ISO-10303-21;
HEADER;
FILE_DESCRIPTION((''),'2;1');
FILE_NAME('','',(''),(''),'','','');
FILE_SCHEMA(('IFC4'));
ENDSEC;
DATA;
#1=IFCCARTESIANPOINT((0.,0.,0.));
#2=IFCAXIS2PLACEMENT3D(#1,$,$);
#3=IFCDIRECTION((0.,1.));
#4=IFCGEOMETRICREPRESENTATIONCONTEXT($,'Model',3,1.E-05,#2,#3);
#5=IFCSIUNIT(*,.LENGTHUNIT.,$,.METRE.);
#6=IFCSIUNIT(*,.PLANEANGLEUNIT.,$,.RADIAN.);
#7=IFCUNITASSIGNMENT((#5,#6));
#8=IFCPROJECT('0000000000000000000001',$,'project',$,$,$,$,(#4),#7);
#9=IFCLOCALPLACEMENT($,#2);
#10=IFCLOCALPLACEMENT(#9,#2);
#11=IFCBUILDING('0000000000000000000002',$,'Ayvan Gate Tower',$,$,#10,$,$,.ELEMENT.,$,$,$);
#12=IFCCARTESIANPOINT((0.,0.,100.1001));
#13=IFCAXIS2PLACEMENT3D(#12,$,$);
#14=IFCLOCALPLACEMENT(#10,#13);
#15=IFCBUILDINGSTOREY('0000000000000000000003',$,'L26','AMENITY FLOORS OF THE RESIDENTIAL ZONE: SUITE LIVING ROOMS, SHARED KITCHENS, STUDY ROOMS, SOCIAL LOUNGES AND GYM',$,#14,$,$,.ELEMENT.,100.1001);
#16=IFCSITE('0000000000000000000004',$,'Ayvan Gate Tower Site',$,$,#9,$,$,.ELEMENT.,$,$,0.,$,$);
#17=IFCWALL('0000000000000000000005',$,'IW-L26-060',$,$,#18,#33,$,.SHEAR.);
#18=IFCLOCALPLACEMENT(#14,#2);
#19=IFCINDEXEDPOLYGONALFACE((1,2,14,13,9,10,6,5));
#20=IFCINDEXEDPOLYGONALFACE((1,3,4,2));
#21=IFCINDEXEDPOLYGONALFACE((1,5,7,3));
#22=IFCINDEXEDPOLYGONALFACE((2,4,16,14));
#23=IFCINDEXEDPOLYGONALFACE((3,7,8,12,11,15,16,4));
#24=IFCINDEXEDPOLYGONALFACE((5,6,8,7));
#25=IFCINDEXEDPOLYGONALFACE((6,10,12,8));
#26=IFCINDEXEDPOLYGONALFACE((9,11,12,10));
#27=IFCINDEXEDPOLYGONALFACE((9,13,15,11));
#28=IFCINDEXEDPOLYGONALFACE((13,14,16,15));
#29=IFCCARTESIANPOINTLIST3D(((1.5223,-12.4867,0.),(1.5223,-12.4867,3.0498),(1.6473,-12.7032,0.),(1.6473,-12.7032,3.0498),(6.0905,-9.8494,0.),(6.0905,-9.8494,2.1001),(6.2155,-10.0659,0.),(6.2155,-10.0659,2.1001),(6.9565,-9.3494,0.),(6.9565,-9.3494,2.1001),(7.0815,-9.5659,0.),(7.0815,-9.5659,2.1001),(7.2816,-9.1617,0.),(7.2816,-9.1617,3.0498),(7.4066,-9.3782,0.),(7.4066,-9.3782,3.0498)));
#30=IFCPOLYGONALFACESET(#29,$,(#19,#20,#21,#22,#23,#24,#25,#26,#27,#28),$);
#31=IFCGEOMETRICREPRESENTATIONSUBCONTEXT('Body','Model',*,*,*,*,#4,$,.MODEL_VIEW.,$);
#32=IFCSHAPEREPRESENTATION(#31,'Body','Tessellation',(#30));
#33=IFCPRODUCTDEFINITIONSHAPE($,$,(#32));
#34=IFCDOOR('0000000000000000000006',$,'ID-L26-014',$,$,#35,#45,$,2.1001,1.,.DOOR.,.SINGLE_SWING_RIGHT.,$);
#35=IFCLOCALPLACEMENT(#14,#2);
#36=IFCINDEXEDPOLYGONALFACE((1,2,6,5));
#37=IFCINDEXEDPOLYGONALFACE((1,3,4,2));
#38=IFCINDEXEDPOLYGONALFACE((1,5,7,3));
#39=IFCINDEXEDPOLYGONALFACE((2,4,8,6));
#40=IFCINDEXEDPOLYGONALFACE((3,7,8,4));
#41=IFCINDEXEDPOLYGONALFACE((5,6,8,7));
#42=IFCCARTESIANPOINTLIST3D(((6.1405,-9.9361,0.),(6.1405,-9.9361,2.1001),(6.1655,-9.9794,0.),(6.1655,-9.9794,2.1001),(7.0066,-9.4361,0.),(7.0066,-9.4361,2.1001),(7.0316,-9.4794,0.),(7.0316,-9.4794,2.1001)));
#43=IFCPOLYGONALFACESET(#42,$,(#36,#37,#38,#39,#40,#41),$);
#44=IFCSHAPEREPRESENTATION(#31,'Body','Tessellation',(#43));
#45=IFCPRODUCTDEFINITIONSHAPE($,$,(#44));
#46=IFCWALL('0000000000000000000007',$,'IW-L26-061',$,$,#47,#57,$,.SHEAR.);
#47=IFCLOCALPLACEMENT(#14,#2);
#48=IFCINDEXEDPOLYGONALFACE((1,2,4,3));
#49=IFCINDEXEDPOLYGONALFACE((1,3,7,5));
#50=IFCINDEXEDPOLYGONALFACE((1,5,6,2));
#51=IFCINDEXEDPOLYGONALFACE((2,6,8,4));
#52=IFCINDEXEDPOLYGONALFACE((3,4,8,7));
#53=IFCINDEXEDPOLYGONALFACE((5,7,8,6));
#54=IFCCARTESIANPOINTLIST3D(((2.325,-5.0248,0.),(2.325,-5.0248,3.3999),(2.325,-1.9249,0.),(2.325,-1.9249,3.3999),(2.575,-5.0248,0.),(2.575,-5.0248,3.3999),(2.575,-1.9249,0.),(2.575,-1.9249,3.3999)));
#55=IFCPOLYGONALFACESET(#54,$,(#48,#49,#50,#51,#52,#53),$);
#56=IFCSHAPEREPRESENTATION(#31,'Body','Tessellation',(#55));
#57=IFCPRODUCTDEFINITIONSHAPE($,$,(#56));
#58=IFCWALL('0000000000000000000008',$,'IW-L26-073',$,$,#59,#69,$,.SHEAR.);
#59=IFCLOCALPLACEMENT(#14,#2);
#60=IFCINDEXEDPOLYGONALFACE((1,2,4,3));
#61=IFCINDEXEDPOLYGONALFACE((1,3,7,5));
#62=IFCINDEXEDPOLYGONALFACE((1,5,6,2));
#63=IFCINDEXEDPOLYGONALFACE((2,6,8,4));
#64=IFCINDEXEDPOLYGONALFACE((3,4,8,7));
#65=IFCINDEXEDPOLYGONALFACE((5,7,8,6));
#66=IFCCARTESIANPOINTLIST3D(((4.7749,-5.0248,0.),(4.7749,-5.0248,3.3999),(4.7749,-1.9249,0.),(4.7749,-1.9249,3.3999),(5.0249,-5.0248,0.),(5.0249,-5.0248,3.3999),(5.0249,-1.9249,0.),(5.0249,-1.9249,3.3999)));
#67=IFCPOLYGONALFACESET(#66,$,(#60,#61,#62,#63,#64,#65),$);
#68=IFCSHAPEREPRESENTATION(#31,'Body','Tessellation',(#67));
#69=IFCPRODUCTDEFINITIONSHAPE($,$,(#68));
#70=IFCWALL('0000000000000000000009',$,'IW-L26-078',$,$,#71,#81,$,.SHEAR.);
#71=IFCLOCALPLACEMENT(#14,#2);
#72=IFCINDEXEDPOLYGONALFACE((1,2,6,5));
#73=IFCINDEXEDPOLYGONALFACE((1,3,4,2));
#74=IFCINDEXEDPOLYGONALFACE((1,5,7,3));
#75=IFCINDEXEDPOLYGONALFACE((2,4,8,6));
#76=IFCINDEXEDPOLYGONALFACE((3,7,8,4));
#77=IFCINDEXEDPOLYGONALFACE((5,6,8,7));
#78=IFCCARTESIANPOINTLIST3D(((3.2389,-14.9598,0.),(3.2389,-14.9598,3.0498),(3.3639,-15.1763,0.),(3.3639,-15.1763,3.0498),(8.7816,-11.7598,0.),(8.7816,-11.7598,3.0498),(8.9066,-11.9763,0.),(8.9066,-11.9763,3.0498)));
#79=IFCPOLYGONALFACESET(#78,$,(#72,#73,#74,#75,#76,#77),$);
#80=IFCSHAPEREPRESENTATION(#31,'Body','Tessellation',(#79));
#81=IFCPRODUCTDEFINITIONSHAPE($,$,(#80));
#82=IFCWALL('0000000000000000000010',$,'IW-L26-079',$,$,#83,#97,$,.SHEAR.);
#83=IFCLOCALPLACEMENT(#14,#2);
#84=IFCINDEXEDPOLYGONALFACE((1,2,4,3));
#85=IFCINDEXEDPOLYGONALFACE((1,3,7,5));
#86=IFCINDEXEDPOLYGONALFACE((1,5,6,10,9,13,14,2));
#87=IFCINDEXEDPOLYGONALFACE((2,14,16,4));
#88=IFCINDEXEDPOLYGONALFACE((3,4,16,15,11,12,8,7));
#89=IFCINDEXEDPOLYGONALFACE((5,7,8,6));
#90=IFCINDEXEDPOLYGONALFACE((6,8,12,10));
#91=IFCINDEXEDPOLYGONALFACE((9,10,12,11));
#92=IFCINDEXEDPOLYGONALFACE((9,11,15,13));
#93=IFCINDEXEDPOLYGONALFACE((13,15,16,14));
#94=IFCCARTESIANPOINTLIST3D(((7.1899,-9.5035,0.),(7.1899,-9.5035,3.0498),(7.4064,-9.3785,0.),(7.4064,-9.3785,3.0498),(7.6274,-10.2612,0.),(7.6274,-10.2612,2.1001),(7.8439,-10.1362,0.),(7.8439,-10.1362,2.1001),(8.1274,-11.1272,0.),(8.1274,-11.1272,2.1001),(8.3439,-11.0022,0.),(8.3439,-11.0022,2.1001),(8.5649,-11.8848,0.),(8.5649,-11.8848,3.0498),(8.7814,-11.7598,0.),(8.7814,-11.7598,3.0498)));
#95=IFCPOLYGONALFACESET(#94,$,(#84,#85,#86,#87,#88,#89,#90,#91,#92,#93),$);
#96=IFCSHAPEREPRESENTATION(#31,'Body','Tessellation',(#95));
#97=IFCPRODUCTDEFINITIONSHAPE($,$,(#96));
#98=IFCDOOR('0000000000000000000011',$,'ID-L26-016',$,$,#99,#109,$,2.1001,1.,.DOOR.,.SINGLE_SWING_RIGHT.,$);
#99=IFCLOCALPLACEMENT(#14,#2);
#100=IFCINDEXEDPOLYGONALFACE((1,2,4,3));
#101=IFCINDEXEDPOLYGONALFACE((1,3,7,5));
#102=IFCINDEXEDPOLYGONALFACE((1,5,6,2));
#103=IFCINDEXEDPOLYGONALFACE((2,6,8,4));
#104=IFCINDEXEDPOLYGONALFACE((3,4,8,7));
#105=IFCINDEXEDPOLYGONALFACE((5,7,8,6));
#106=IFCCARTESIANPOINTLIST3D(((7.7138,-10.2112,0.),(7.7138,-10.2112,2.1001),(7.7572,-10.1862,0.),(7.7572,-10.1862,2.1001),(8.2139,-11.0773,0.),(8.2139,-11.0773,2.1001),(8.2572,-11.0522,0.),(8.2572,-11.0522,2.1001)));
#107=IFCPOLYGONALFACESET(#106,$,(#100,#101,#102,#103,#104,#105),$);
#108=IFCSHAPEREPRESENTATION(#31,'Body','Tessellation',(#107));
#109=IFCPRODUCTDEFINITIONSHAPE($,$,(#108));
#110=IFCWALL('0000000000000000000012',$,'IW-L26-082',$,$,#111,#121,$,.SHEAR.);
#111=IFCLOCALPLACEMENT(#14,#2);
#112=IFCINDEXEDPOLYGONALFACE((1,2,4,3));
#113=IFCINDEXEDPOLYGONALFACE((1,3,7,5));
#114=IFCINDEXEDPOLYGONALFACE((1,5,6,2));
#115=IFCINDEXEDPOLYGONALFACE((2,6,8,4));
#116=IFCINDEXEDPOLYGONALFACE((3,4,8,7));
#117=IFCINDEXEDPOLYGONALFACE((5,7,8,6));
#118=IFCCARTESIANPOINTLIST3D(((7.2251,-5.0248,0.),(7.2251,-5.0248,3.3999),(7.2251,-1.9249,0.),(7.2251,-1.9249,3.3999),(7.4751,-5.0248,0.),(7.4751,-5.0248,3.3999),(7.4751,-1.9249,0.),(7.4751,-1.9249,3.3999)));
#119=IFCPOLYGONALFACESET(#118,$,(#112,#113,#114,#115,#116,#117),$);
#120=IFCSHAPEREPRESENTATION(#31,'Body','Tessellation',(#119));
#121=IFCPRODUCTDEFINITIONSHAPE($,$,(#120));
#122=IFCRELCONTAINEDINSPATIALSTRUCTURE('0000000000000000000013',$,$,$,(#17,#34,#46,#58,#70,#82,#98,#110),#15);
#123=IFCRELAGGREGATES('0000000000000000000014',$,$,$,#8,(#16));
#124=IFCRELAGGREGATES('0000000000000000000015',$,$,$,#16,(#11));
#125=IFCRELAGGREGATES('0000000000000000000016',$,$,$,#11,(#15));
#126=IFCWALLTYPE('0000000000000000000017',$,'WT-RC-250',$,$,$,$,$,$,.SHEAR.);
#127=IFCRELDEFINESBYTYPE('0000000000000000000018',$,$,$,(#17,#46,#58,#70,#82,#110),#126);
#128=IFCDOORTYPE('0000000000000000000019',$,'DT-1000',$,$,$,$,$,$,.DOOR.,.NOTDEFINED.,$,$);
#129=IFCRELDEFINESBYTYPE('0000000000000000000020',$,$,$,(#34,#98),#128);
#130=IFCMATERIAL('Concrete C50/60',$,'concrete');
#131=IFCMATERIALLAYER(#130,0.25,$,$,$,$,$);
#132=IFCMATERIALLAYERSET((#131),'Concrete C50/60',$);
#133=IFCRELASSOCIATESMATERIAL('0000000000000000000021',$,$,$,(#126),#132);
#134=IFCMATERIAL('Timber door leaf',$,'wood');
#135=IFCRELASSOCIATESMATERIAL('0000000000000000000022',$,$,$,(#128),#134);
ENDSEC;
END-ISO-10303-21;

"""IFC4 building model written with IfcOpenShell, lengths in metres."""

from ifc_helpers import new_model, si_unit, direction, frame, frame_2d, origin, place, context, subcontext, project, spatial, rectangle, extrude, material, layer, layer_set, type_object, element, fill, save


model = new_model("IFC4")

# Units and contexts
model_context = context("Model", 3, precision=1e-05, world=origin(), true_north=direction((0.0, 1.0)))
body_context = subcontext(model_context, "Body", "Model", "MODEL_VIEW")
ifc_project = project(units=[si_unit("LENGTHUNIT", "METRE"), si_unit("PLANEANGLEUNIT", "RADIAN")], contexts=[model_context])

# Site, building, storey
site_placement = place(None, origin())
site = spatial("IfcSite", under=ifc_project, at=site_placement, Name="Ayvan Gate Tower Site", CompositionType="ELEMENT", RefElevation=0.0)
building_placement = place(site_placement, origin())
building = spatial("IfcBuilding", under=site, at=building_placement, Name="Ayvan Gate Tower", CompositionType="ELEMENT")
storey_placement = place(building_placement, frame((0.0, 0.0, 100.1001)))
storey = spatial("IfcBuildingStorey", under=building, at=storey_placement, Name="L26", Description="AMENITY FLOORS OF THE RESIDENTIAL ZONE: SUITE LIVING ROOMS, SHARED KITCHENS, STUDY ROOMS, SOCIAL LOUNGES AND GYM", CompositionType="ELEMENT", Elevation=100.1001)

# Shared definitions
ifc_material_1 = material(Name="Timber door leaf", Category="wood")

# Shared definitions
ifc_material_2 = material(Name="Concrete C50/60", Category="concrete")
ifc_layer_1 = layer(ifc_material_2, 0.25)
ifc_layer_set_1 = layer_set([ifc_layer_1], Name="Concrete C50/60")
wall_type_1 = type_object("IfcWallType", Name="WT-RC-250", PredefinedType="SHEAR", material=ifc_layer_set_1)

# Wall, opening, door
wall_1_placement = place(storey_placement, frame((1.5847, -12.595, 0.0), z_axis=(0.0, 0.0, 1.0), x_axis=(0.866036, 0.499981, 0.0)))
wall_1 = element("IfcWall", 1, at=wall_1_placement, inside=storey, type_object=wall_type_1, Name="IW-L26-060", PredefinedType="SHEAR", context=body_context, shape_type="SweptSolid", body=[
    extrude(rectangle(XDim=6.6501, YDim=0.25, at=frame_2d((3.3252, 0.0))), origin(), (0.0, 0.0, 1.0), 3.0498),
])
opening_1_placement = place(wall_1_placement, frame((5.2749, 0.0, 0.0)))
opening_1 = element("IfcOpeningElement", 2, at=opening_1_placement, cuts=wall_1, PredefinedType="OPENING", context=body_context, shape_type="SweptSolid", body=[
    extrude(rectangle(XDim=1.0, YDim=2.1001, at=frame_2d((0.5, 1.05))), frame((0.0, 0.135, 0.0), z_axis=(0.0, -1.0, 0.0), x_axis=(1.0, 0.0, 0.0)), (0.0, 0.0, 1.0), 0.27),
])
door_type_1 = type_object("IfcDoorType", Name="DT-1000", OperationType="NOTDEFINED", PredefinedType="DOOR", material=ifc_material_1)
door_1_placement = place(opening_1_placement, origin())
door_1 = element("IfcDoor", 3, at=door_1_placement, inside=storey, type_object=door_type_1, Name="ID-L26-014", OperationType="SINGLE_SWING_RIGHT", OverallHeight=2.1001, OverallWidth=1.0, PredefinedType="DOOR", context=body_context, shape_type="SweptSolid", body=[
    extrude(rectangle(XDim=1.0, YDim=2.1001, at=frame_2d((0.5, 1.05))), frame((0.0, 0.0249, 0.0), z_axis=(0.0, -1.0, 0.0), x_axis=(1.0, 0.0, 0.0)), (0.0, 0.0, 1.0), 0.05),
])
fill(opening_1, door_1)

# Walls
for number, where, z_axis, x_axis, name in (
    (4, (2.45, -1.925, 0.0), (0.0, 0.0, 1.0), (0.0, -1.0, 0.0), "IW-L26-061"),
    (5, (4.8999, -1.925, 0.0), (0.0, 0.0, 1.0), (0.0, -1.0, 0.0), "IW-L26-073"),
):
    element("IfcWall", number, at=place(storey_placement, frame(where, z_axis=z_axis, x_axis=x_axis)), inside=storey, type_object=wall_type_1, Name=name, PredefinedType="SHEAR", context=body_context, shape_type="SweptSolid", body=[
        extrude(rectangle(XDim=3.0999, YDim=0.25, at=frame_2d((1.5498, 0.0))), origin(), (0.0, 0.0, 1.0), 3.3999),
    ])
wall_2_placement = place(storey_placement, frame((3.3013, -15.0681, 0.0), z_axis=(0.0, 0.0, 1.0), x_axis=(0.866035, 0.499983, 0.0)))
element("IfcWall", 6, at=wall_2_placement, inside=storey, type_object=wall_type_1, Name="IW-L26-078", PredefinedType="SHEAR", context=body_context, shape_type="SweptSolid", body=[
    extrude(rectangle(XDim=6.4001, YDim=0.25, at=frame_2d((3.2002, 0.0))), origin(), (0.0, 0.0, 1.0), 3.0498),
])

# Wall, opening, door
wall_3_placement = place(storey_placement, frame((7.2981, -9.4409, 0.0), z_axis=(0.0, 0.0, 1.0), x_axis=(0.500035, -0.866005, 0.0)))
wall_3 = element("IfcWall", 7, at=wall_3_placement, inside=storey, type_object=wall_type_1, Name="IW-L26-079", PredefinedType="SHEAR", context=body_context, shape_type="SweptSolid", body=[
    extrude(rectangle(XDim=2.7498, YDim=0.25, at=frame_2d((1.375, 0.0))), origin(), (0.0, 0.0, 1.0), 3.0498),
])
opening_2_placement = place(wall_3_placement, frame((0.875, 0.0, 0.0)))
opening_2 = element("IfcOpeningElement", 8, at=opening_2_placement, cuts=wall_3, PredefinedType="OPENING", context=body_context, shape_type="SweptSolid", body=[
    extrude(rectangle(XDim=1.0, YDim=2.1001, at=frame_2d((0.5, 1.05))), frame((0.0, 0.135, 0.0), z_axis=(0.0, -1.0, 0.0), x_axis=(1.0, 0.0, 0.0)), (0.0, 0.0, 1.0), 0.27),
])
door_2_placement = place(opening_2_placement, origin())
door_2 = element("IfcDoor", 9, at=door_2_placement, inside=storey, type_object=door_type_1, Name="ID-L26-016", OperationType="SINGLE_SWING_RIGHT", OverallHeight=2.1001, OverallWidth=1.0, PredefinedType="DOOR", context=body_context, shape_type="SweptSolid", body=[
    extrude(rectangle(XDim=1.0, YDim=2.1001, at=frame_2d((0.5, 1.05))), frame((0.0, 0.0249, 0.0), z_axis=(0.0, -1.0, 0.0), x_axis=(1.0, 0.0, 0.0)), (0.0, 0.0, 1.0), 0.05),
])
fill(opening_2, door_2)

# Wall
wall_4_placement = place(storey_placement, frame((7.3501, -1.925, 0.0), z_axis=(0.0, 0.0, 1.0), x_axis=(0.0, -1.0, 0.0)))
element("IfcWall", 10, at=wall_4_placement, inside=storey, type_object=wall_type_1, Name="IW-L26-082", PredefinedType="SHEAR", context=body_context, shape_type="SweptSolid", body=[
    extrude(rectangle(XDim=3.0999, YDim=0.25, at=frame_2d((1.5498, 0.0))), origin(), (0.0, 0.0, 1.0), 3.3999),
])

save(model, "model.ifc")
